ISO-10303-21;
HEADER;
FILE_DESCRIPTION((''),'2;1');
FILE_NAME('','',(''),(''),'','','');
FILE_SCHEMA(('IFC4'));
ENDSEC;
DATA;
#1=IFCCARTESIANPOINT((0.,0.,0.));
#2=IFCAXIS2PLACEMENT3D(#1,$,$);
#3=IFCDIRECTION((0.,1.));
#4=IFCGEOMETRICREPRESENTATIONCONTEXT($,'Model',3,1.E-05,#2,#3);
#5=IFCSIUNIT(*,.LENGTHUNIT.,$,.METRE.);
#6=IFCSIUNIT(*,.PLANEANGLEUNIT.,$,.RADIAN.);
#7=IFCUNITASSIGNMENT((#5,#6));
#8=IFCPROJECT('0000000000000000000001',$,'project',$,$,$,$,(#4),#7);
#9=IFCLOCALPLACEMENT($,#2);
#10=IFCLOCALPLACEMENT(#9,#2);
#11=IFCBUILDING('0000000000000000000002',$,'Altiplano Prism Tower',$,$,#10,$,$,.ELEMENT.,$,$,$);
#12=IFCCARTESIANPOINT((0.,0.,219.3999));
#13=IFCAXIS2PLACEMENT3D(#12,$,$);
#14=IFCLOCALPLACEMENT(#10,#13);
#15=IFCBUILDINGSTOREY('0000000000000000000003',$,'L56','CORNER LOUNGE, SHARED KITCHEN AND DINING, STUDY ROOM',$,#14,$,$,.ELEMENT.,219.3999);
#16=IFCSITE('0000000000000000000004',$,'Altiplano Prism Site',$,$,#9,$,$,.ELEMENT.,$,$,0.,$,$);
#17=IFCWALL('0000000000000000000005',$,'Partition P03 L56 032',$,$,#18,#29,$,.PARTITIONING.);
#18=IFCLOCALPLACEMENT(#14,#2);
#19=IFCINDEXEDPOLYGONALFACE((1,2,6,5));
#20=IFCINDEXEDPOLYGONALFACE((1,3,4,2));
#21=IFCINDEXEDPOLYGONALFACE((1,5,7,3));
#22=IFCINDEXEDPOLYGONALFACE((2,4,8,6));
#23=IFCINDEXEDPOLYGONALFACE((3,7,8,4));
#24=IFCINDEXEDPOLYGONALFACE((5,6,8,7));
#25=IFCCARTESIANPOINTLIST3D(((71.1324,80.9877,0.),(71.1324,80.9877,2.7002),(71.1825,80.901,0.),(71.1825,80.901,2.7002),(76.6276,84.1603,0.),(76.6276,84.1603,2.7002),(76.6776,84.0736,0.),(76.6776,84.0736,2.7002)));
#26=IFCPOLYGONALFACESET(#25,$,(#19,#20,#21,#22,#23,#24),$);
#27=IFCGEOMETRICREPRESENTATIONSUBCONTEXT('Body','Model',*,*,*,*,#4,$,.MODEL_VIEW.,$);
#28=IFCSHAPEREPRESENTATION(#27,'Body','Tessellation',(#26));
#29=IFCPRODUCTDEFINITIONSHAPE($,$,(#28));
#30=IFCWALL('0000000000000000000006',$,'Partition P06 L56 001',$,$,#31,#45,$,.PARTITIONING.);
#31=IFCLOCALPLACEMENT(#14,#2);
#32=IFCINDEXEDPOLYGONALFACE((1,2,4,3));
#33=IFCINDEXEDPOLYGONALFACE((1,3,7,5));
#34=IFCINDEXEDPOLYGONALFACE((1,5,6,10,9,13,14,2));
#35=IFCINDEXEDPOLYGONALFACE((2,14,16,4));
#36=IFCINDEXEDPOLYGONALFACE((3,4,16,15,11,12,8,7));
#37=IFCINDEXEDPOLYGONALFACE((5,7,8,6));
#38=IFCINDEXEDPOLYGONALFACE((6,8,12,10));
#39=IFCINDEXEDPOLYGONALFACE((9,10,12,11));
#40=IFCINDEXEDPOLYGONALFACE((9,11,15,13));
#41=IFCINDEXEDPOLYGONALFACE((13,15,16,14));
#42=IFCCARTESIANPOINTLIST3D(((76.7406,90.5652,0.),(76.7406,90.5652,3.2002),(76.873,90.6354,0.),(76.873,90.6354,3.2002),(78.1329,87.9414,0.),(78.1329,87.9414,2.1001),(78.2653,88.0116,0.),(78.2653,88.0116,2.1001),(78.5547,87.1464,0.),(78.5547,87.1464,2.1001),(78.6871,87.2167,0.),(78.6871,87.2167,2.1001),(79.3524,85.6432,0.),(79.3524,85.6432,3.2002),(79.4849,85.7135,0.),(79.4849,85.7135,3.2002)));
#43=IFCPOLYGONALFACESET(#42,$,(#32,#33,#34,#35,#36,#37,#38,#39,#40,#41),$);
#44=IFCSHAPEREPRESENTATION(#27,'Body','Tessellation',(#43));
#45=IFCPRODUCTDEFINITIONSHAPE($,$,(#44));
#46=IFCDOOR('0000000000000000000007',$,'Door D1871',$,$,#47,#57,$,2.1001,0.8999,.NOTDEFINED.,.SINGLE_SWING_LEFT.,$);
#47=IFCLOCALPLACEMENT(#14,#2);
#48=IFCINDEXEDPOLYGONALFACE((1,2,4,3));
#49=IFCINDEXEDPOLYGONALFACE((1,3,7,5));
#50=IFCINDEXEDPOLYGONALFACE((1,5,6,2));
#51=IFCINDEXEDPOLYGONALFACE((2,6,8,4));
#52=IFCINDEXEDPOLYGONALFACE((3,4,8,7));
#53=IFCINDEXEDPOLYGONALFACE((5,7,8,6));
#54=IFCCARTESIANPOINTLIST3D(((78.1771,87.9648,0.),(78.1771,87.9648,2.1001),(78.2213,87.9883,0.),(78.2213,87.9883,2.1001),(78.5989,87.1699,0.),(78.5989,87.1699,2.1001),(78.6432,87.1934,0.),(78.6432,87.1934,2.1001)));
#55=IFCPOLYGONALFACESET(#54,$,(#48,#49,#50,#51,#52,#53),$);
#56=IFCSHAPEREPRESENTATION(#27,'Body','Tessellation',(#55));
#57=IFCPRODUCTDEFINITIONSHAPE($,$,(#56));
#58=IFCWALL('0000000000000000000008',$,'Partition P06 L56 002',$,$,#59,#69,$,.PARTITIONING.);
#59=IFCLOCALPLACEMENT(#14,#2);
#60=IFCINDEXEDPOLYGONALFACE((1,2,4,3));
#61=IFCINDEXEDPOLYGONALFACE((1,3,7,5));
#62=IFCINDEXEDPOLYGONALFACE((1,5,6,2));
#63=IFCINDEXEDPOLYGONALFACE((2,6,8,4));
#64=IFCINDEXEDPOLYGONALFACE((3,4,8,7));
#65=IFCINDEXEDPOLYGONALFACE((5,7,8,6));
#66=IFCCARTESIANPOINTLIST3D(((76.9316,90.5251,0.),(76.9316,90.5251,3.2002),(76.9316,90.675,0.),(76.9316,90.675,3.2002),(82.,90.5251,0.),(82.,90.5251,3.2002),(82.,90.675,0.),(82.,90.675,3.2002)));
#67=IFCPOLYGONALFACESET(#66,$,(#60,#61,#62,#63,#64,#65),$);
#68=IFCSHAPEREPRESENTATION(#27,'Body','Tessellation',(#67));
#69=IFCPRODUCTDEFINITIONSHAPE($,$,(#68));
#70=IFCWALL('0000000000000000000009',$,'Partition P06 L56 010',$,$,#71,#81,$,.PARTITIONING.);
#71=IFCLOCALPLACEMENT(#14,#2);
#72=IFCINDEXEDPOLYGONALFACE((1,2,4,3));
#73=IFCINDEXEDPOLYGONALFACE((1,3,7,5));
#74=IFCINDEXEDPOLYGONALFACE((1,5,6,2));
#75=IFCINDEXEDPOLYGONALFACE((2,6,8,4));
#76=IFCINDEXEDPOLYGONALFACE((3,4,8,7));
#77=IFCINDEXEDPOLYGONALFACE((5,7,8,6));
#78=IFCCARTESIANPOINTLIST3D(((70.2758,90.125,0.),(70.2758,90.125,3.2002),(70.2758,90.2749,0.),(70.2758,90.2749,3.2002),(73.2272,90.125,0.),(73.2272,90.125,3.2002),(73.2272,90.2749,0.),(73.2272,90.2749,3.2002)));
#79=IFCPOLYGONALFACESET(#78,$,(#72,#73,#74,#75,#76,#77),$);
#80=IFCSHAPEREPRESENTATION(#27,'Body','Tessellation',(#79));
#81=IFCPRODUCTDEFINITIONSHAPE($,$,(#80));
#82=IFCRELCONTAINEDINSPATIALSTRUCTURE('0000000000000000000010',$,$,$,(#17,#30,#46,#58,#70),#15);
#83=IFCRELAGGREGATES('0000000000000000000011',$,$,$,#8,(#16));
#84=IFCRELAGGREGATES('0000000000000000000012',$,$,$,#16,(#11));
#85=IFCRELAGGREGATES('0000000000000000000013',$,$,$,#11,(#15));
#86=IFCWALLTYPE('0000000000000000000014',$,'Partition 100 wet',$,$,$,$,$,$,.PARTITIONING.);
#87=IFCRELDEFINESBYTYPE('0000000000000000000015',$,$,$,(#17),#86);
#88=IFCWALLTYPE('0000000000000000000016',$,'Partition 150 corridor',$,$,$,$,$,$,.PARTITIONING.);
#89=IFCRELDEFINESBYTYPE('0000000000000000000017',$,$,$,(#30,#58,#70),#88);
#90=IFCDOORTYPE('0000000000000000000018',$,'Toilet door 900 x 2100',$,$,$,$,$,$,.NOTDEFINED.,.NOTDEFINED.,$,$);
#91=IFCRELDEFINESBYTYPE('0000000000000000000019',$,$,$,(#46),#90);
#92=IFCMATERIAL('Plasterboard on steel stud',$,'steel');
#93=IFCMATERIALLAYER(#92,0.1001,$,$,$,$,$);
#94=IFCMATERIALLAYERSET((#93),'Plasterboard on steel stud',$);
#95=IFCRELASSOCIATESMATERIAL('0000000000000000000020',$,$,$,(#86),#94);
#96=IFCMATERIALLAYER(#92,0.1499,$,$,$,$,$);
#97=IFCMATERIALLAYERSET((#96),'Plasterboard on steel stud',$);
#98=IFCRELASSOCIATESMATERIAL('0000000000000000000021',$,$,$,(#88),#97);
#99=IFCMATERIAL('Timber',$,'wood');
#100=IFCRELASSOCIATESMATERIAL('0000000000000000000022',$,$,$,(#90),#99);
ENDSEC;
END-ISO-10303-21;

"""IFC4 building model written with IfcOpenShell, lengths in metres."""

from ifc_helpers import new_model, si_unit, direction, frame, frame_2d, origin, place, context, subcontext, project, spatial, rectangle, extrude, material, layer, layer_set, type_object, element, fill, save


model = new_model("IFC4")

# Units and contexts
model_context = context("Model", 3, precision=1e-05, world=origin(), true_north=direction((0.0, 1.0)))
body_context = subcontext(model_context, "Body", "Model", "MODEL_VIEW")
ifc_project = project(units=[si_unit("LENGTHUNIT", "METRE"), si_unit("PLANEANGLEUNIT", "RADIAN")], contexts=[model_context])

# Site, building, storey
site_placement = place(None, origin())
site = spatial("IfcSite", under=ifc_project, at=site_placement, Name="Altiplano Prism Site", CompositionType="ELEMENT", RefElevation=0.0)
building_placement = place(site_placement, origin())
building = spatial("IfcBuilding", under=site, at=building_placement, Name="Altiplano Prism Tower", CompositionType="ELEMENT")
storey_placement = place(building_placement, frame((0.0, 0.0, 219.3999)))
storey = spatial("IfcBuildingStorey", under=building, at=storey_placement, Name="L56", Description="CORNER LOUNGE, SHARED KITCHEN AND DINING, STUDY ROOM", CompositionType="ELEMENT", Elevation=219.3999)

# Shared definitions
ifc_material_1 = material(Name="Plasterboard on steel stud", Category="steel")
ifc_material_2 = material(Name="Timber", Category="wood")

# Wall
ifc_layer_1 = layer(ifc_material_1, 0.1001)
ifc_layer_set_1 = layer_set([ifc_layer_1], Name="Plasterboard on steel stud")
wall_type_1 = type_object("IfcWallType", Name="Partition 100 wet", PredefinedType="PARTITIONING", material=ifc_layer_set_1)
wall_1_placement = place(storey_placement, frame((71.1575, 80.9443, 0.0), z_axis=(0.0, 0.0, 1.0), x_axis=(0.866025, 0.5, 0.0)))
element("IfcWall", 1, at=wall_1_placement, inside=storey, type_object=wall_type_1, Name="Partition P03 L56 032", PredefinedType="PARTITIONING", context=body_context, shape_type="SweptSolid", body=[
    extrude(rectangle(XDim=6.3452, YDim=0.1001, at=frame_2d((3.1726, 0.0))), origin(), (0.0, 0.0, 1.0), 2.7002),
])

# Wall, opening, door
ifc_layer_2 = layer(ifc_material_1, 0.1499)
ifc_layer_set_2 = layer_set([ifc_layer_2], Name="Plasterboard on steel stud")
wall_type_2 = type_object("IfcWallType", Name="Partition 150 corridor", PredefinedType="PARTITIONING", material=ifc_layer_set_2)
wall_2_placement = place(storey_placement, frame((79.4187, 85.6782, 0.0), z_axis=(0.0, 0.0, 1.0), x_axis=(-0.468745, 0.883333, 0.0)))
wall_2 = element("IfcWall", 2, at=wall_2_placement, inside=storey, type_object=wall_type_2, Name="Partition P06 L56 001", PredefinedType="PARTITIONING", context=body_context, shape_type="SweptSolid", body=[
    extrude(rectangle(XDim=5.572, YDim=0.1499, at=frame_2d((2.7861, 0.0))), origin(), (0.0, 0.0, 1.0), 3.2002),
])
opening_1_placement = place(wall_2_placement, frame((1.7019, 0.0, 0.0)))
opening_1 = element("IfcOpeningElement", 3, at=opening_1_placement, cuts=wall_2, PredefinedType="OPENING", context=body_context, shape_type="SweptSolid", body=[
    extrude(rectangle(XDim=0.8999, YDim=2.1001, at=frame_2d((0.45, 1.05))), frame((0.0, 0.0854, 0.0), z_axis=(0.0, -1.0, 0.0), x_axis=(1.0, 0.0, 0.0)), (0.0, 0.0, 1.0), 0.1709),
])
door_type_1 = type_object("IfcDoorType", Name="Toilet door 900 x 2100", OperationType="NOTDEFINED", PredefinedType="NOTDEFINED", material=ifc_material_2)
door_1_placement = place(opening_1_placement, origin())
door_1 = element("IfcDoor", 4, at=door_1_placement, inside=storey, type_object=door_type_1, Name="Door D1871", OperationType="SINGLE_SWING_LEFT", OverallHeight=2.1001, OverallWidth=0.8999, PredefinedType="NOTDEFINED", context=body_context, shape_type="SweptSolid", body=[
    extrude(rectangle(XDim=0.8999, YDim=2.1001, at=frame_2d((0.45, 1.05))), frame((0.0, 0.0249, 0.0), z_axis=(0.0, -1.0, 0.0), x_axis=(1.0, 0.0, 0.0)), (0.0, 0.0, 1.0), 0.05),
])
fill(opening_1, door_1)

# Walls
wall_3_placement = place(storey_placement, frame((76.9316, 90.6001, 0.0), z_axis=(0.0, 0.0, 1.0), x_axis=(1.0, 0.0, 0.0)))
element("IfcWall", 5, at=wall_3_placement, inside=storey, type_object=wall_type_2, Name="Partition P06 L56 002", PredefinedType="PARTITIONING", context=body_context, shape_type="SweptSolid", body=[
    extrude(rectangle(XDim=5.0684, YDim=0.1499, at=frame_2d((2.5342, 0.0))), origin(), (0.0, 0.0, 1.0), 3.2002),
])
wall_4_placement = place(storey_placement, frame((70.2759, 90.2, 0.0), z_axis=(0.0, 0.0, 1.0), x_axis=(1.0, 0.0, 0.0)))
element("IfcWall", 6, at=wall_4_placement, inside=storey, type_object=wall_type_2, Name="Partition P06 L56 010", PredefinedType="PARTITIONING", context=body_context, shape_type="SweptSolid", body=[
    extrude(rectangle(XDim=2.9514, YDim=0.1499, at=frame_2d((1.4756, 0.0))), origin(), (0.0, 0.0, 1.0), 3.2002),
])

save(model, "model.ifc")
